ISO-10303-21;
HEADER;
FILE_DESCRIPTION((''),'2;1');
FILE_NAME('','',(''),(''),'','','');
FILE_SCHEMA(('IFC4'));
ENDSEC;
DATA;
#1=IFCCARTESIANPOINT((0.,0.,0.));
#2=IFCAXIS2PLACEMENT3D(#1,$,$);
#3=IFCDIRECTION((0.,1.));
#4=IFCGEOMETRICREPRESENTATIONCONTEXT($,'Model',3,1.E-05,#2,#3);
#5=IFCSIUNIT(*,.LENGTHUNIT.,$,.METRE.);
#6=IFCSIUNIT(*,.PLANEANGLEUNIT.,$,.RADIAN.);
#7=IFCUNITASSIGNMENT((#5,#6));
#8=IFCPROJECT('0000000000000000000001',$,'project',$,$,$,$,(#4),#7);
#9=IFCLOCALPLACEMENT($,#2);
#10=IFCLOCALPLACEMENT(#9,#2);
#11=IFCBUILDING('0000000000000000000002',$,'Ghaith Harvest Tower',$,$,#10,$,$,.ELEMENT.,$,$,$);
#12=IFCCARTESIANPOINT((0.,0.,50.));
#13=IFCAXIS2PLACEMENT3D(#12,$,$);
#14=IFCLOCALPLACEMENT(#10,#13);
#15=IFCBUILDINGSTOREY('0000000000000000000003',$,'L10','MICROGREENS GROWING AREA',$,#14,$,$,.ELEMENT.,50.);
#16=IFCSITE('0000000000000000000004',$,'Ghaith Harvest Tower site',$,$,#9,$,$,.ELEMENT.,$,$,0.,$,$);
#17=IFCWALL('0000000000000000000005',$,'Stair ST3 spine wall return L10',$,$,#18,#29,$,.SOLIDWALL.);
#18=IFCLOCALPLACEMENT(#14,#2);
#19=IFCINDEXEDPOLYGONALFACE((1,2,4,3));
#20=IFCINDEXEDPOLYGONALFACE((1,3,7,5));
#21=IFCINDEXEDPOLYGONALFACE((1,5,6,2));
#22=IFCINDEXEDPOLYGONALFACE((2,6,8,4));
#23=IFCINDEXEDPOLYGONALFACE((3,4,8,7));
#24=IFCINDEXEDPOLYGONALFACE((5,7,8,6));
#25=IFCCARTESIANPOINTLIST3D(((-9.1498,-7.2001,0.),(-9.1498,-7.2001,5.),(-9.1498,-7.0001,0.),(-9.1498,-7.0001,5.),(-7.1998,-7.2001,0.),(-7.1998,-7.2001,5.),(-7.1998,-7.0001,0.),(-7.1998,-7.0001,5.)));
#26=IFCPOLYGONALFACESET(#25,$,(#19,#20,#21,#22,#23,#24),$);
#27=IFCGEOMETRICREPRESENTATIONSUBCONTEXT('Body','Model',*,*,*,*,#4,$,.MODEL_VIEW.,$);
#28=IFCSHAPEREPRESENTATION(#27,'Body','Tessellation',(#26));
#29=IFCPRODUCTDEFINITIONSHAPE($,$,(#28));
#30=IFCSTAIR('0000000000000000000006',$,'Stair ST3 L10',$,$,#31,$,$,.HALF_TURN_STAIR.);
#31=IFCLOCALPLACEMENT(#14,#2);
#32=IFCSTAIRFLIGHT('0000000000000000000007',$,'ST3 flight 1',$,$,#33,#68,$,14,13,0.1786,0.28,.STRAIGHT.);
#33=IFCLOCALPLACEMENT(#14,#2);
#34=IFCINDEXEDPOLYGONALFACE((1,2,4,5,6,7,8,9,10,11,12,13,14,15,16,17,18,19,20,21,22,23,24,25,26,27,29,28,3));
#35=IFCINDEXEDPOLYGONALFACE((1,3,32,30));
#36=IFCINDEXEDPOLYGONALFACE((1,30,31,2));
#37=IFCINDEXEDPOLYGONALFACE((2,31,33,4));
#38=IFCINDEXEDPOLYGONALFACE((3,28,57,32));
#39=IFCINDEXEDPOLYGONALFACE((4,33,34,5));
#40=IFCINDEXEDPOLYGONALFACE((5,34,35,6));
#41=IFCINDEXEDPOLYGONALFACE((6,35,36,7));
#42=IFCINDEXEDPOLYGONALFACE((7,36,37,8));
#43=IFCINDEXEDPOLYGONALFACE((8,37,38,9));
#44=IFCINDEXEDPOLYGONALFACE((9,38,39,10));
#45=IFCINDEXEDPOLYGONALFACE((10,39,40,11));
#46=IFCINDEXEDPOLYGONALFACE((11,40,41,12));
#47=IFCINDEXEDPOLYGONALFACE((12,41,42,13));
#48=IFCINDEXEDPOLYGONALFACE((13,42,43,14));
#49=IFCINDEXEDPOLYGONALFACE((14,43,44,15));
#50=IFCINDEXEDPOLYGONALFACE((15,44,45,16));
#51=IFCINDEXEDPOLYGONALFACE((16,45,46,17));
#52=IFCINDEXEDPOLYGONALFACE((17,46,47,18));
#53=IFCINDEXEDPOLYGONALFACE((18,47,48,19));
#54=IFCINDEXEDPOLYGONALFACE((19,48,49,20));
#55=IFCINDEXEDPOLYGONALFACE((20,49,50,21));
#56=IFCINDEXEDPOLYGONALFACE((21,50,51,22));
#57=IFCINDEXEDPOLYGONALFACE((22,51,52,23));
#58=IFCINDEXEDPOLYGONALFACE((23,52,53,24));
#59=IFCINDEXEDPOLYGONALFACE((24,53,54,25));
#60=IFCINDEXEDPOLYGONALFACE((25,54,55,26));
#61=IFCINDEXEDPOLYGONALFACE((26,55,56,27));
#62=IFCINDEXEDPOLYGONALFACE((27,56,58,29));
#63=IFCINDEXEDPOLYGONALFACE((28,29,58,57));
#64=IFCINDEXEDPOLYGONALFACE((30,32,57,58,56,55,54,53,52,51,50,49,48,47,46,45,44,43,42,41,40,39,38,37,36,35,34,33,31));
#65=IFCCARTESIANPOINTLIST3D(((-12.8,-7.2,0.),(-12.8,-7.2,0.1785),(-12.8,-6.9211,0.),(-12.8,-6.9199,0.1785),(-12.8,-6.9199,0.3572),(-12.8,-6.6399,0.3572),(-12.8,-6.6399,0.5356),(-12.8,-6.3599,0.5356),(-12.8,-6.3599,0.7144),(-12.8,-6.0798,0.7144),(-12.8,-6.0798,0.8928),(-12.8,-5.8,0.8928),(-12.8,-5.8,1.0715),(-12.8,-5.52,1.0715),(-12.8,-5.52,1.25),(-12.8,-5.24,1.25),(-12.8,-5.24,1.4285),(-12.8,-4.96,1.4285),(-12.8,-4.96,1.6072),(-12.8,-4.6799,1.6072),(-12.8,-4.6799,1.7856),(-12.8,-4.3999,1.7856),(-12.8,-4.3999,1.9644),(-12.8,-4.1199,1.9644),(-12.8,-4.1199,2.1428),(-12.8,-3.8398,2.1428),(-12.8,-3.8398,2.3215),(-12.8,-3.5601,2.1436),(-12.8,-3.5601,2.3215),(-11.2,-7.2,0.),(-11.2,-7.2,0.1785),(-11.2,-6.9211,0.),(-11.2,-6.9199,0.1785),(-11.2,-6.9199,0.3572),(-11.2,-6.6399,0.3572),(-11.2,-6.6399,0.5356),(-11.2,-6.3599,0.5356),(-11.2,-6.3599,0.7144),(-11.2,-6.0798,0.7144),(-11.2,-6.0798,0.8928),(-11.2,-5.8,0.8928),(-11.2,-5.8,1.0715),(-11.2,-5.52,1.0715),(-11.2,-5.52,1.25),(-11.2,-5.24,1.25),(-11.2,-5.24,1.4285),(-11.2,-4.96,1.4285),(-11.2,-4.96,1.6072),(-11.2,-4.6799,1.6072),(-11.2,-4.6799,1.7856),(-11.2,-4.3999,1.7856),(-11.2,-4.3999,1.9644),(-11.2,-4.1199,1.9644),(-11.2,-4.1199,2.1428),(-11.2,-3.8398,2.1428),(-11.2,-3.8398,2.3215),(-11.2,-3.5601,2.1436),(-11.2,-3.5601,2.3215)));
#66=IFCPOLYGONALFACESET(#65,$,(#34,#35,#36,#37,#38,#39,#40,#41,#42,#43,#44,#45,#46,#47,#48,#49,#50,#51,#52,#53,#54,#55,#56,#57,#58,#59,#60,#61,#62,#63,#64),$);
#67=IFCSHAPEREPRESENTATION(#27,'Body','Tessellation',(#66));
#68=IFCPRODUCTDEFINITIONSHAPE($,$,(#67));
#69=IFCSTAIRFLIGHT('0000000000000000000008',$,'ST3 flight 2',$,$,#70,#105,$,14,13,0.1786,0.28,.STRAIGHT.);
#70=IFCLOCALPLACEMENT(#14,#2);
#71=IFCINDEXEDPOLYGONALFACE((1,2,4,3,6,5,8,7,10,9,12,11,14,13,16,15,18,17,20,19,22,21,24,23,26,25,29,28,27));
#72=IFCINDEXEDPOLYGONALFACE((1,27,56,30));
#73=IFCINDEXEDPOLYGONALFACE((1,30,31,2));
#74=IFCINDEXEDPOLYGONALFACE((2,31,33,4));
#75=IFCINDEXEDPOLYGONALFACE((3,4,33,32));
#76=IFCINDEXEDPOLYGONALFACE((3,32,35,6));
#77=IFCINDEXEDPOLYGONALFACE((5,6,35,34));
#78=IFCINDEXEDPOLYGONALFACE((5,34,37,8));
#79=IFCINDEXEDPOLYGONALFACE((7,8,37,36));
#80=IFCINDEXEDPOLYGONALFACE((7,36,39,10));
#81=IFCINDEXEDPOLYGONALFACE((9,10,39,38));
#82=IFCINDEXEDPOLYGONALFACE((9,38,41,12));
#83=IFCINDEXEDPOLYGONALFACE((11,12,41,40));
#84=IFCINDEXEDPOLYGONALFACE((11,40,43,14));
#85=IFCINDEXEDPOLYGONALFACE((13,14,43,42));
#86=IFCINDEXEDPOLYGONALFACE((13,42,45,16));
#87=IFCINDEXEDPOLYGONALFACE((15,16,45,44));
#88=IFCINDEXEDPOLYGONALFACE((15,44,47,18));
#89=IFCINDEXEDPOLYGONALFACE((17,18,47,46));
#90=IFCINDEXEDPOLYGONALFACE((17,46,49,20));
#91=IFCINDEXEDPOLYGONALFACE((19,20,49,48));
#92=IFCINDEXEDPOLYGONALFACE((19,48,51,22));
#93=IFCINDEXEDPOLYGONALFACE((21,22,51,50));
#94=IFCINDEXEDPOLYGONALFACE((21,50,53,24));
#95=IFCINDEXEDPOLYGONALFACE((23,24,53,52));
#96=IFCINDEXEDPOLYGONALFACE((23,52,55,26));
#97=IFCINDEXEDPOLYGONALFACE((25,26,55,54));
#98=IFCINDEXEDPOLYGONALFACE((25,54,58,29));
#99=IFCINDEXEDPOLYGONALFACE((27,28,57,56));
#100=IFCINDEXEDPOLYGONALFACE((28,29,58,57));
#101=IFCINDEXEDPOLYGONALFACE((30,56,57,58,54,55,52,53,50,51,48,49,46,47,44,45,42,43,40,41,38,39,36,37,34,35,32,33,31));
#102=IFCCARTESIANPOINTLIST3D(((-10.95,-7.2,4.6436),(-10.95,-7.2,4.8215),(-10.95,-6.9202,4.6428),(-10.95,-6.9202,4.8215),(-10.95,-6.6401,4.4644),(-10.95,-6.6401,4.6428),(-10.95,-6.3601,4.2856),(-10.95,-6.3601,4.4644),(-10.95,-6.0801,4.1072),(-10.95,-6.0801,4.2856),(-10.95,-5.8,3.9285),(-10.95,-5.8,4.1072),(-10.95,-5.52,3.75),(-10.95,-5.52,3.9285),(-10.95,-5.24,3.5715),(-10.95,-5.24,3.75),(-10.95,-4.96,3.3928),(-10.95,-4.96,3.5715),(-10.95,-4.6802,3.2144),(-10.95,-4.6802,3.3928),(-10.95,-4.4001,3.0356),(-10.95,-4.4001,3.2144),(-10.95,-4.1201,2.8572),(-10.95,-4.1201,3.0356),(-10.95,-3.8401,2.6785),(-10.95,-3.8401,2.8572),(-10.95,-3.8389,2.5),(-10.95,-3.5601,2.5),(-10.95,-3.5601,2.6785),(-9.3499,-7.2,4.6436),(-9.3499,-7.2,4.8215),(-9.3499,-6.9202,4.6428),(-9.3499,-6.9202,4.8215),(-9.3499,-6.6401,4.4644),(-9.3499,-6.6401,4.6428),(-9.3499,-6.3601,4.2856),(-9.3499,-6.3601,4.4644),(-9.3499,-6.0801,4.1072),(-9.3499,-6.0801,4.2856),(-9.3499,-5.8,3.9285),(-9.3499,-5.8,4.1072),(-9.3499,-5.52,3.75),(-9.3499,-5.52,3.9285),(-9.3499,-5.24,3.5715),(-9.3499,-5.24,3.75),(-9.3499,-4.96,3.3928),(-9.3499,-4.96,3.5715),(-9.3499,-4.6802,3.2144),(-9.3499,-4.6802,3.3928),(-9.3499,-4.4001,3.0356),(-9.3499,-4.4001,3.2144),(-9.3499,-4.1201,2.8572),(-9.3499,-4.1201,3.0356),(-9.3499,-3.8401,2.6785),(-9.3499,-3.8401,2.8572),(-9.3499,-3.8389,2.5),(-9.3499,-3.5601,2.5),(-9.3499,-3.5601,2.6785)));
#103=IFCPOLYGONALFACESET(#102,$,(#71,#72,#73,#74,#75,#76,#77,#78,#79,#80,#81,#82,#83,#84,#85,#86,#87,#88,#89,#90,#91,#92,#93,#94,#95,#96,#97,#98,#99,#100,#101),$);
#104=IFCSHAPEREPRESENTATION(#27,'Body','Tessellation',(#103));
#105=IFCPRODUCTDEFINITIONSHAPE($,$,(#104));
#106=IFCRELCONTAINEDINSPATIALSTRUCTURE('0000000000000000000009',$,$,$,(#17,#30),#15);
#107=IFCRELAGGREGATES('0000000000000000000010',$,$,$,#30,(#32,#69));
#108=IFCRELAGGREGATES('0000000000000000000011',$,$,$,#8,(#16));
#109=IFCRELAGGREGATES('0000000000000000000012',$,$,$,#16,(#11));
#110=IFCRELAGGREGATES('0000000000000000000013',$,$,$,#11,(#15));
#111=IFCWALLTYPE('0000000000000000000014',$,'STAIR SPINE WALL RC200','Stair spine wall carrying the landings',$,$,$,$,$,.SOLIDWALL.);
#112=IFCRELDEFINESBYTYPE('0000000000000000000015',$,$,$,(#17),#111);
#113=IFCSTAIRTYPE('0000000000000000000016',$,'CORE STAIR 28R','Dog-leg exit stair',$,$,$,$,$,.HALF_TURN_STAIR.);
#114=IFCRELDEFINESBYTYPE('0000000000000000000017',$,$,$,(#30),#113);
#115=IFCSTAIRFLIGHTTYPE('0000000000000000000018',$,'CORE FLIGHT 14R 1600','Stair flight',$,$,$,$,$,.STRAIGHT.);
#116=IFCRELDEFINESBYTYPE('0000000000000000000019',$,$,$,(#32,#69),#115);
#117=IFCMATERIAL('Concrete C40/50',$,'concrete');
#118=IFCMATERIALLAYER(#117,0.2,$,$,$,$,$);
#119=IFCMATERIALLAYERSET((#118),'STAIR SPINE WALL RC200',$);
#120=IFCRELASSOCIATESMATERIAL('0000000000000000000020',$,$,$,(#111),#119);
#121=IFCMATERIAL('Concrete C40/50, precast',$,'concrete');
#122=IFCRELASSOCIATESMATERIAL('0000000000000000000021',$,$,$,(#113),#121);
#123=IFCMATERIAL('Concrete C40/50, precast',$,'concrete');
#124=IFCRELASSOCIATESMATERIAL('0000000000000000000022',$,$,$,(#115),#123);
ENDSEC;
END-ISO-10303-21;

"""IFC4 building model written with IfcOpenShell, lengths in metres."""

from ifc_helpers import new_model, si_unit, direction, frame, frame_2d, origin, place, context, subcontext, project, spatial, polyline, rectangle, outline, extrude, material, layer, layer_set, type_object, element, aggregate, save


model = new_model("IFC4")

# Units and contexts
model_context = context("Model", 3, precision=1e-05, world=origin(), true_north=direction((0.0, 1.0)))
body_context = subcontext(model_context, "Body", "Model", "MODEL_VIEW")
ifc_project = project(units=[si_unit("LENGTHUNIT", "METRE"), si_unit("PLANEANGLEUNIT", "RADIAN")], contexts=[model_context])

# Site, building, storey
site_placement = place(None, origin())
site = spatial("IfcSite", under=ifc_project, at=site_placement, Name="Ghaith Harvest Tower site", CompositionType="ELEMENT", RefElevation=0.0)
building_placement = place(site_placement, origin())
building = spatial("IfcBuilding", under=site, at=building_placement, Name="Ghaith Harvest Tower", CompositionType="ELEMENT")
storey_placement = place(building_placement, frame((0.0, 0.0, 50.0)))
storey = spatial("IfcBuildingStorey", under=building, at=storey_placement, Name="L10", Description="MICROGREENS GROWING AREA", CompositionType="ELEMENT", Elevation=50.0)

# Wall
ifc_material_1 = material(Name="Concrete C40/50", Category="concrete")
ifc_layer_1 = layer(ifc_material_1, 0.2)
ifc_layer_set_1 = layer_set([ifc_layer_1], Name="STAIR SPINE WALL RC200")
wall_type_1 = type_object("IfcWallType", Name="STAIR SPINE WALL RC200", Description="Stair spine wall carrying the landings", PredefinedType="SOLIDWALL", material=ifc_layer_set_1)
wall_1_placement = place(storey_placement, frame((-9.1499, -7.1001, 0.0), z_axis=(0.0, 0.0, 1.0), x_axis=(1.0, 0.0, 0.0)))
element("IfcWall", 1, at=wall_1_placement, inside=storey, type_object=wall_type_1, Name="Stair ST3 spine wall return L10", PredefinedType="SOLIDWALL", context=body_context, shape_type="SweptSolid", body=[
    extrude(rectangle(XDim=1.95, YDim=0.2, at=frame_2d((0.9751, 0.0))), origin(), (0.0, 0.0, 1.0), 5.0),
])

# Stair, stair flights
ifc_material_2 = material(Name="Concrete C40/50, precast", Category="concrete")
stair_type = type_object("IfcStairType", Name="CORE STAIR 28R", Description="Dog-leg exit stair", PredefinedType="HALF_TURN_STAIR", material=ifc_material_2)
stair_placement = place(storey_placement, origin())
stair = element("IfcStair", 2, at=stair_placement, inside=storey, type_object=stair_type, Name="Stair ST3 L10", PredefinedType="HALF_TURN_STAIR")
ifc_material_3 = material(Name="Concrete C40/50, precast", Category="concrete")
stair_flight_type = type_object("IfcStairFlightType", Name="CORE FLIGHT 14R 1600", Description="Stair flight", PredefinedType="STRAIGHT", material=ifc_material_3)
stair_flight_1_placement = place(storey_placement, frame((-12.0, -7.2, 0.0), z_axis=(0.0, 0.0, 1.0), x_axis=(0.0, 1.0, 0.0)))
stair_flight_1 = element("IfcStairFlight", 3, at=stair_flight_1_placement, type_object=stair_flight_type, Name="ST3 flight 1", NumberOfRisers=14, NumberOfTreads=13, PredefinedType="STRAIGHT", RiserHeight=0.1786, TreadLength=0.28, context=body_context, shape_type="SweptSolid", body=[
    extrude(outline(polyline([(0.0, 0.0), (0.0, 0.1785), (0.28, 0.1785), (0.28, 0.3572), (0.5601, 0.3572), (0.5601, 0.5356), (0.8401, 0.5356), (0.8401, 0.7144), (1.1201, 0.7144), (1.1201, 0.8928), (1.3999, 0.8928), (1.3999, 1.0715), (1.6799, 1.0715), (1.6799, 1.25), (1.96, 1.25), (1.96, 1.4285), (2.24, 1.4285), (2.24, 1.6072), (2.52, 1.6072), (2.52, 1.7856), (2.8, 1.7856), (2.8, 1.9644), (3.0801, 1.9644), (3.0801, 2.1428), (3.3601, 2.1428), (3.3601, 2.3215), (3.6399, 2.3215), (3.6399, 2.5), (3.6399, 2.1436), (0.2788, 0.0), (0.0, 0.0)])), frame((0.0, 0.8, 0.0), z_axis=(0.0, -1.0, 0.0), x_axis=(1.0, 0.0, 0.0)), (0.0, 0.0, 1.0), 1.6001),
])
stair_flight_2_placement = place(storey_placement, frame((-10.1499, -3.5601, 2.5), z_axis=(0.0, 0.0, 1.0), x_axis=(0.0, -1.0, 0.0)))
stair_flight_2 = element("IfcStairFlight", 4, at=stair_flight_2_placement, type_object=stair_flight_type, Name="ST3 flight 2", NumberOfRisers=14, NumberOfTreads=13, PredefinedType="STRAIGHT", RiserHeight=0.1786, TreadLength=0.28, context=body_context, shape_type="SweptSolid", body=[
    extrude(outline(polyline([(0.0, 0.0), (0.0, 0.1785), (0.28, 0.1785), (0.28, 0.3572), (0.5601, 0.3572), (0.5601, 0.5356), (0.8401, 0.5356), (0.8401, 0.7144), (1.1201, 0.7144), (1.1201, 0.8928), (1.3999, 0.8928), (1.3999, 1.0715), (1.6799, 1.0715), (1.6799, 1.25), (1.96, 1.25), (1.96, 1.4285), (2.24, 1.4285), (2.24, 1.6072), (2.52, 1.6072), (2.52, 1.7856), (2.8, 1.7856), (2.8, 1.9644), (3.0801, 1.9644), (3.0801, 2.1428), (3.3601, 2.1428), (3.3601, 2.3215), (3.6399, 2.3215), (3.6399, 2.5), (3.6399, 2.1436), (0.2788, 0.0), (0.0, 0.0)])), frame((0.0, 0.8, 0.0), z_axis=(0.0, -1.0, 0.0), x_axis=(1.0, 0.0, 0.0)), (0.0, 0.0, 1.0), 1.6001),
])
aggregate(stair, [stair_flight_1, stair_flight_2])

save(model, "model.ifc")
